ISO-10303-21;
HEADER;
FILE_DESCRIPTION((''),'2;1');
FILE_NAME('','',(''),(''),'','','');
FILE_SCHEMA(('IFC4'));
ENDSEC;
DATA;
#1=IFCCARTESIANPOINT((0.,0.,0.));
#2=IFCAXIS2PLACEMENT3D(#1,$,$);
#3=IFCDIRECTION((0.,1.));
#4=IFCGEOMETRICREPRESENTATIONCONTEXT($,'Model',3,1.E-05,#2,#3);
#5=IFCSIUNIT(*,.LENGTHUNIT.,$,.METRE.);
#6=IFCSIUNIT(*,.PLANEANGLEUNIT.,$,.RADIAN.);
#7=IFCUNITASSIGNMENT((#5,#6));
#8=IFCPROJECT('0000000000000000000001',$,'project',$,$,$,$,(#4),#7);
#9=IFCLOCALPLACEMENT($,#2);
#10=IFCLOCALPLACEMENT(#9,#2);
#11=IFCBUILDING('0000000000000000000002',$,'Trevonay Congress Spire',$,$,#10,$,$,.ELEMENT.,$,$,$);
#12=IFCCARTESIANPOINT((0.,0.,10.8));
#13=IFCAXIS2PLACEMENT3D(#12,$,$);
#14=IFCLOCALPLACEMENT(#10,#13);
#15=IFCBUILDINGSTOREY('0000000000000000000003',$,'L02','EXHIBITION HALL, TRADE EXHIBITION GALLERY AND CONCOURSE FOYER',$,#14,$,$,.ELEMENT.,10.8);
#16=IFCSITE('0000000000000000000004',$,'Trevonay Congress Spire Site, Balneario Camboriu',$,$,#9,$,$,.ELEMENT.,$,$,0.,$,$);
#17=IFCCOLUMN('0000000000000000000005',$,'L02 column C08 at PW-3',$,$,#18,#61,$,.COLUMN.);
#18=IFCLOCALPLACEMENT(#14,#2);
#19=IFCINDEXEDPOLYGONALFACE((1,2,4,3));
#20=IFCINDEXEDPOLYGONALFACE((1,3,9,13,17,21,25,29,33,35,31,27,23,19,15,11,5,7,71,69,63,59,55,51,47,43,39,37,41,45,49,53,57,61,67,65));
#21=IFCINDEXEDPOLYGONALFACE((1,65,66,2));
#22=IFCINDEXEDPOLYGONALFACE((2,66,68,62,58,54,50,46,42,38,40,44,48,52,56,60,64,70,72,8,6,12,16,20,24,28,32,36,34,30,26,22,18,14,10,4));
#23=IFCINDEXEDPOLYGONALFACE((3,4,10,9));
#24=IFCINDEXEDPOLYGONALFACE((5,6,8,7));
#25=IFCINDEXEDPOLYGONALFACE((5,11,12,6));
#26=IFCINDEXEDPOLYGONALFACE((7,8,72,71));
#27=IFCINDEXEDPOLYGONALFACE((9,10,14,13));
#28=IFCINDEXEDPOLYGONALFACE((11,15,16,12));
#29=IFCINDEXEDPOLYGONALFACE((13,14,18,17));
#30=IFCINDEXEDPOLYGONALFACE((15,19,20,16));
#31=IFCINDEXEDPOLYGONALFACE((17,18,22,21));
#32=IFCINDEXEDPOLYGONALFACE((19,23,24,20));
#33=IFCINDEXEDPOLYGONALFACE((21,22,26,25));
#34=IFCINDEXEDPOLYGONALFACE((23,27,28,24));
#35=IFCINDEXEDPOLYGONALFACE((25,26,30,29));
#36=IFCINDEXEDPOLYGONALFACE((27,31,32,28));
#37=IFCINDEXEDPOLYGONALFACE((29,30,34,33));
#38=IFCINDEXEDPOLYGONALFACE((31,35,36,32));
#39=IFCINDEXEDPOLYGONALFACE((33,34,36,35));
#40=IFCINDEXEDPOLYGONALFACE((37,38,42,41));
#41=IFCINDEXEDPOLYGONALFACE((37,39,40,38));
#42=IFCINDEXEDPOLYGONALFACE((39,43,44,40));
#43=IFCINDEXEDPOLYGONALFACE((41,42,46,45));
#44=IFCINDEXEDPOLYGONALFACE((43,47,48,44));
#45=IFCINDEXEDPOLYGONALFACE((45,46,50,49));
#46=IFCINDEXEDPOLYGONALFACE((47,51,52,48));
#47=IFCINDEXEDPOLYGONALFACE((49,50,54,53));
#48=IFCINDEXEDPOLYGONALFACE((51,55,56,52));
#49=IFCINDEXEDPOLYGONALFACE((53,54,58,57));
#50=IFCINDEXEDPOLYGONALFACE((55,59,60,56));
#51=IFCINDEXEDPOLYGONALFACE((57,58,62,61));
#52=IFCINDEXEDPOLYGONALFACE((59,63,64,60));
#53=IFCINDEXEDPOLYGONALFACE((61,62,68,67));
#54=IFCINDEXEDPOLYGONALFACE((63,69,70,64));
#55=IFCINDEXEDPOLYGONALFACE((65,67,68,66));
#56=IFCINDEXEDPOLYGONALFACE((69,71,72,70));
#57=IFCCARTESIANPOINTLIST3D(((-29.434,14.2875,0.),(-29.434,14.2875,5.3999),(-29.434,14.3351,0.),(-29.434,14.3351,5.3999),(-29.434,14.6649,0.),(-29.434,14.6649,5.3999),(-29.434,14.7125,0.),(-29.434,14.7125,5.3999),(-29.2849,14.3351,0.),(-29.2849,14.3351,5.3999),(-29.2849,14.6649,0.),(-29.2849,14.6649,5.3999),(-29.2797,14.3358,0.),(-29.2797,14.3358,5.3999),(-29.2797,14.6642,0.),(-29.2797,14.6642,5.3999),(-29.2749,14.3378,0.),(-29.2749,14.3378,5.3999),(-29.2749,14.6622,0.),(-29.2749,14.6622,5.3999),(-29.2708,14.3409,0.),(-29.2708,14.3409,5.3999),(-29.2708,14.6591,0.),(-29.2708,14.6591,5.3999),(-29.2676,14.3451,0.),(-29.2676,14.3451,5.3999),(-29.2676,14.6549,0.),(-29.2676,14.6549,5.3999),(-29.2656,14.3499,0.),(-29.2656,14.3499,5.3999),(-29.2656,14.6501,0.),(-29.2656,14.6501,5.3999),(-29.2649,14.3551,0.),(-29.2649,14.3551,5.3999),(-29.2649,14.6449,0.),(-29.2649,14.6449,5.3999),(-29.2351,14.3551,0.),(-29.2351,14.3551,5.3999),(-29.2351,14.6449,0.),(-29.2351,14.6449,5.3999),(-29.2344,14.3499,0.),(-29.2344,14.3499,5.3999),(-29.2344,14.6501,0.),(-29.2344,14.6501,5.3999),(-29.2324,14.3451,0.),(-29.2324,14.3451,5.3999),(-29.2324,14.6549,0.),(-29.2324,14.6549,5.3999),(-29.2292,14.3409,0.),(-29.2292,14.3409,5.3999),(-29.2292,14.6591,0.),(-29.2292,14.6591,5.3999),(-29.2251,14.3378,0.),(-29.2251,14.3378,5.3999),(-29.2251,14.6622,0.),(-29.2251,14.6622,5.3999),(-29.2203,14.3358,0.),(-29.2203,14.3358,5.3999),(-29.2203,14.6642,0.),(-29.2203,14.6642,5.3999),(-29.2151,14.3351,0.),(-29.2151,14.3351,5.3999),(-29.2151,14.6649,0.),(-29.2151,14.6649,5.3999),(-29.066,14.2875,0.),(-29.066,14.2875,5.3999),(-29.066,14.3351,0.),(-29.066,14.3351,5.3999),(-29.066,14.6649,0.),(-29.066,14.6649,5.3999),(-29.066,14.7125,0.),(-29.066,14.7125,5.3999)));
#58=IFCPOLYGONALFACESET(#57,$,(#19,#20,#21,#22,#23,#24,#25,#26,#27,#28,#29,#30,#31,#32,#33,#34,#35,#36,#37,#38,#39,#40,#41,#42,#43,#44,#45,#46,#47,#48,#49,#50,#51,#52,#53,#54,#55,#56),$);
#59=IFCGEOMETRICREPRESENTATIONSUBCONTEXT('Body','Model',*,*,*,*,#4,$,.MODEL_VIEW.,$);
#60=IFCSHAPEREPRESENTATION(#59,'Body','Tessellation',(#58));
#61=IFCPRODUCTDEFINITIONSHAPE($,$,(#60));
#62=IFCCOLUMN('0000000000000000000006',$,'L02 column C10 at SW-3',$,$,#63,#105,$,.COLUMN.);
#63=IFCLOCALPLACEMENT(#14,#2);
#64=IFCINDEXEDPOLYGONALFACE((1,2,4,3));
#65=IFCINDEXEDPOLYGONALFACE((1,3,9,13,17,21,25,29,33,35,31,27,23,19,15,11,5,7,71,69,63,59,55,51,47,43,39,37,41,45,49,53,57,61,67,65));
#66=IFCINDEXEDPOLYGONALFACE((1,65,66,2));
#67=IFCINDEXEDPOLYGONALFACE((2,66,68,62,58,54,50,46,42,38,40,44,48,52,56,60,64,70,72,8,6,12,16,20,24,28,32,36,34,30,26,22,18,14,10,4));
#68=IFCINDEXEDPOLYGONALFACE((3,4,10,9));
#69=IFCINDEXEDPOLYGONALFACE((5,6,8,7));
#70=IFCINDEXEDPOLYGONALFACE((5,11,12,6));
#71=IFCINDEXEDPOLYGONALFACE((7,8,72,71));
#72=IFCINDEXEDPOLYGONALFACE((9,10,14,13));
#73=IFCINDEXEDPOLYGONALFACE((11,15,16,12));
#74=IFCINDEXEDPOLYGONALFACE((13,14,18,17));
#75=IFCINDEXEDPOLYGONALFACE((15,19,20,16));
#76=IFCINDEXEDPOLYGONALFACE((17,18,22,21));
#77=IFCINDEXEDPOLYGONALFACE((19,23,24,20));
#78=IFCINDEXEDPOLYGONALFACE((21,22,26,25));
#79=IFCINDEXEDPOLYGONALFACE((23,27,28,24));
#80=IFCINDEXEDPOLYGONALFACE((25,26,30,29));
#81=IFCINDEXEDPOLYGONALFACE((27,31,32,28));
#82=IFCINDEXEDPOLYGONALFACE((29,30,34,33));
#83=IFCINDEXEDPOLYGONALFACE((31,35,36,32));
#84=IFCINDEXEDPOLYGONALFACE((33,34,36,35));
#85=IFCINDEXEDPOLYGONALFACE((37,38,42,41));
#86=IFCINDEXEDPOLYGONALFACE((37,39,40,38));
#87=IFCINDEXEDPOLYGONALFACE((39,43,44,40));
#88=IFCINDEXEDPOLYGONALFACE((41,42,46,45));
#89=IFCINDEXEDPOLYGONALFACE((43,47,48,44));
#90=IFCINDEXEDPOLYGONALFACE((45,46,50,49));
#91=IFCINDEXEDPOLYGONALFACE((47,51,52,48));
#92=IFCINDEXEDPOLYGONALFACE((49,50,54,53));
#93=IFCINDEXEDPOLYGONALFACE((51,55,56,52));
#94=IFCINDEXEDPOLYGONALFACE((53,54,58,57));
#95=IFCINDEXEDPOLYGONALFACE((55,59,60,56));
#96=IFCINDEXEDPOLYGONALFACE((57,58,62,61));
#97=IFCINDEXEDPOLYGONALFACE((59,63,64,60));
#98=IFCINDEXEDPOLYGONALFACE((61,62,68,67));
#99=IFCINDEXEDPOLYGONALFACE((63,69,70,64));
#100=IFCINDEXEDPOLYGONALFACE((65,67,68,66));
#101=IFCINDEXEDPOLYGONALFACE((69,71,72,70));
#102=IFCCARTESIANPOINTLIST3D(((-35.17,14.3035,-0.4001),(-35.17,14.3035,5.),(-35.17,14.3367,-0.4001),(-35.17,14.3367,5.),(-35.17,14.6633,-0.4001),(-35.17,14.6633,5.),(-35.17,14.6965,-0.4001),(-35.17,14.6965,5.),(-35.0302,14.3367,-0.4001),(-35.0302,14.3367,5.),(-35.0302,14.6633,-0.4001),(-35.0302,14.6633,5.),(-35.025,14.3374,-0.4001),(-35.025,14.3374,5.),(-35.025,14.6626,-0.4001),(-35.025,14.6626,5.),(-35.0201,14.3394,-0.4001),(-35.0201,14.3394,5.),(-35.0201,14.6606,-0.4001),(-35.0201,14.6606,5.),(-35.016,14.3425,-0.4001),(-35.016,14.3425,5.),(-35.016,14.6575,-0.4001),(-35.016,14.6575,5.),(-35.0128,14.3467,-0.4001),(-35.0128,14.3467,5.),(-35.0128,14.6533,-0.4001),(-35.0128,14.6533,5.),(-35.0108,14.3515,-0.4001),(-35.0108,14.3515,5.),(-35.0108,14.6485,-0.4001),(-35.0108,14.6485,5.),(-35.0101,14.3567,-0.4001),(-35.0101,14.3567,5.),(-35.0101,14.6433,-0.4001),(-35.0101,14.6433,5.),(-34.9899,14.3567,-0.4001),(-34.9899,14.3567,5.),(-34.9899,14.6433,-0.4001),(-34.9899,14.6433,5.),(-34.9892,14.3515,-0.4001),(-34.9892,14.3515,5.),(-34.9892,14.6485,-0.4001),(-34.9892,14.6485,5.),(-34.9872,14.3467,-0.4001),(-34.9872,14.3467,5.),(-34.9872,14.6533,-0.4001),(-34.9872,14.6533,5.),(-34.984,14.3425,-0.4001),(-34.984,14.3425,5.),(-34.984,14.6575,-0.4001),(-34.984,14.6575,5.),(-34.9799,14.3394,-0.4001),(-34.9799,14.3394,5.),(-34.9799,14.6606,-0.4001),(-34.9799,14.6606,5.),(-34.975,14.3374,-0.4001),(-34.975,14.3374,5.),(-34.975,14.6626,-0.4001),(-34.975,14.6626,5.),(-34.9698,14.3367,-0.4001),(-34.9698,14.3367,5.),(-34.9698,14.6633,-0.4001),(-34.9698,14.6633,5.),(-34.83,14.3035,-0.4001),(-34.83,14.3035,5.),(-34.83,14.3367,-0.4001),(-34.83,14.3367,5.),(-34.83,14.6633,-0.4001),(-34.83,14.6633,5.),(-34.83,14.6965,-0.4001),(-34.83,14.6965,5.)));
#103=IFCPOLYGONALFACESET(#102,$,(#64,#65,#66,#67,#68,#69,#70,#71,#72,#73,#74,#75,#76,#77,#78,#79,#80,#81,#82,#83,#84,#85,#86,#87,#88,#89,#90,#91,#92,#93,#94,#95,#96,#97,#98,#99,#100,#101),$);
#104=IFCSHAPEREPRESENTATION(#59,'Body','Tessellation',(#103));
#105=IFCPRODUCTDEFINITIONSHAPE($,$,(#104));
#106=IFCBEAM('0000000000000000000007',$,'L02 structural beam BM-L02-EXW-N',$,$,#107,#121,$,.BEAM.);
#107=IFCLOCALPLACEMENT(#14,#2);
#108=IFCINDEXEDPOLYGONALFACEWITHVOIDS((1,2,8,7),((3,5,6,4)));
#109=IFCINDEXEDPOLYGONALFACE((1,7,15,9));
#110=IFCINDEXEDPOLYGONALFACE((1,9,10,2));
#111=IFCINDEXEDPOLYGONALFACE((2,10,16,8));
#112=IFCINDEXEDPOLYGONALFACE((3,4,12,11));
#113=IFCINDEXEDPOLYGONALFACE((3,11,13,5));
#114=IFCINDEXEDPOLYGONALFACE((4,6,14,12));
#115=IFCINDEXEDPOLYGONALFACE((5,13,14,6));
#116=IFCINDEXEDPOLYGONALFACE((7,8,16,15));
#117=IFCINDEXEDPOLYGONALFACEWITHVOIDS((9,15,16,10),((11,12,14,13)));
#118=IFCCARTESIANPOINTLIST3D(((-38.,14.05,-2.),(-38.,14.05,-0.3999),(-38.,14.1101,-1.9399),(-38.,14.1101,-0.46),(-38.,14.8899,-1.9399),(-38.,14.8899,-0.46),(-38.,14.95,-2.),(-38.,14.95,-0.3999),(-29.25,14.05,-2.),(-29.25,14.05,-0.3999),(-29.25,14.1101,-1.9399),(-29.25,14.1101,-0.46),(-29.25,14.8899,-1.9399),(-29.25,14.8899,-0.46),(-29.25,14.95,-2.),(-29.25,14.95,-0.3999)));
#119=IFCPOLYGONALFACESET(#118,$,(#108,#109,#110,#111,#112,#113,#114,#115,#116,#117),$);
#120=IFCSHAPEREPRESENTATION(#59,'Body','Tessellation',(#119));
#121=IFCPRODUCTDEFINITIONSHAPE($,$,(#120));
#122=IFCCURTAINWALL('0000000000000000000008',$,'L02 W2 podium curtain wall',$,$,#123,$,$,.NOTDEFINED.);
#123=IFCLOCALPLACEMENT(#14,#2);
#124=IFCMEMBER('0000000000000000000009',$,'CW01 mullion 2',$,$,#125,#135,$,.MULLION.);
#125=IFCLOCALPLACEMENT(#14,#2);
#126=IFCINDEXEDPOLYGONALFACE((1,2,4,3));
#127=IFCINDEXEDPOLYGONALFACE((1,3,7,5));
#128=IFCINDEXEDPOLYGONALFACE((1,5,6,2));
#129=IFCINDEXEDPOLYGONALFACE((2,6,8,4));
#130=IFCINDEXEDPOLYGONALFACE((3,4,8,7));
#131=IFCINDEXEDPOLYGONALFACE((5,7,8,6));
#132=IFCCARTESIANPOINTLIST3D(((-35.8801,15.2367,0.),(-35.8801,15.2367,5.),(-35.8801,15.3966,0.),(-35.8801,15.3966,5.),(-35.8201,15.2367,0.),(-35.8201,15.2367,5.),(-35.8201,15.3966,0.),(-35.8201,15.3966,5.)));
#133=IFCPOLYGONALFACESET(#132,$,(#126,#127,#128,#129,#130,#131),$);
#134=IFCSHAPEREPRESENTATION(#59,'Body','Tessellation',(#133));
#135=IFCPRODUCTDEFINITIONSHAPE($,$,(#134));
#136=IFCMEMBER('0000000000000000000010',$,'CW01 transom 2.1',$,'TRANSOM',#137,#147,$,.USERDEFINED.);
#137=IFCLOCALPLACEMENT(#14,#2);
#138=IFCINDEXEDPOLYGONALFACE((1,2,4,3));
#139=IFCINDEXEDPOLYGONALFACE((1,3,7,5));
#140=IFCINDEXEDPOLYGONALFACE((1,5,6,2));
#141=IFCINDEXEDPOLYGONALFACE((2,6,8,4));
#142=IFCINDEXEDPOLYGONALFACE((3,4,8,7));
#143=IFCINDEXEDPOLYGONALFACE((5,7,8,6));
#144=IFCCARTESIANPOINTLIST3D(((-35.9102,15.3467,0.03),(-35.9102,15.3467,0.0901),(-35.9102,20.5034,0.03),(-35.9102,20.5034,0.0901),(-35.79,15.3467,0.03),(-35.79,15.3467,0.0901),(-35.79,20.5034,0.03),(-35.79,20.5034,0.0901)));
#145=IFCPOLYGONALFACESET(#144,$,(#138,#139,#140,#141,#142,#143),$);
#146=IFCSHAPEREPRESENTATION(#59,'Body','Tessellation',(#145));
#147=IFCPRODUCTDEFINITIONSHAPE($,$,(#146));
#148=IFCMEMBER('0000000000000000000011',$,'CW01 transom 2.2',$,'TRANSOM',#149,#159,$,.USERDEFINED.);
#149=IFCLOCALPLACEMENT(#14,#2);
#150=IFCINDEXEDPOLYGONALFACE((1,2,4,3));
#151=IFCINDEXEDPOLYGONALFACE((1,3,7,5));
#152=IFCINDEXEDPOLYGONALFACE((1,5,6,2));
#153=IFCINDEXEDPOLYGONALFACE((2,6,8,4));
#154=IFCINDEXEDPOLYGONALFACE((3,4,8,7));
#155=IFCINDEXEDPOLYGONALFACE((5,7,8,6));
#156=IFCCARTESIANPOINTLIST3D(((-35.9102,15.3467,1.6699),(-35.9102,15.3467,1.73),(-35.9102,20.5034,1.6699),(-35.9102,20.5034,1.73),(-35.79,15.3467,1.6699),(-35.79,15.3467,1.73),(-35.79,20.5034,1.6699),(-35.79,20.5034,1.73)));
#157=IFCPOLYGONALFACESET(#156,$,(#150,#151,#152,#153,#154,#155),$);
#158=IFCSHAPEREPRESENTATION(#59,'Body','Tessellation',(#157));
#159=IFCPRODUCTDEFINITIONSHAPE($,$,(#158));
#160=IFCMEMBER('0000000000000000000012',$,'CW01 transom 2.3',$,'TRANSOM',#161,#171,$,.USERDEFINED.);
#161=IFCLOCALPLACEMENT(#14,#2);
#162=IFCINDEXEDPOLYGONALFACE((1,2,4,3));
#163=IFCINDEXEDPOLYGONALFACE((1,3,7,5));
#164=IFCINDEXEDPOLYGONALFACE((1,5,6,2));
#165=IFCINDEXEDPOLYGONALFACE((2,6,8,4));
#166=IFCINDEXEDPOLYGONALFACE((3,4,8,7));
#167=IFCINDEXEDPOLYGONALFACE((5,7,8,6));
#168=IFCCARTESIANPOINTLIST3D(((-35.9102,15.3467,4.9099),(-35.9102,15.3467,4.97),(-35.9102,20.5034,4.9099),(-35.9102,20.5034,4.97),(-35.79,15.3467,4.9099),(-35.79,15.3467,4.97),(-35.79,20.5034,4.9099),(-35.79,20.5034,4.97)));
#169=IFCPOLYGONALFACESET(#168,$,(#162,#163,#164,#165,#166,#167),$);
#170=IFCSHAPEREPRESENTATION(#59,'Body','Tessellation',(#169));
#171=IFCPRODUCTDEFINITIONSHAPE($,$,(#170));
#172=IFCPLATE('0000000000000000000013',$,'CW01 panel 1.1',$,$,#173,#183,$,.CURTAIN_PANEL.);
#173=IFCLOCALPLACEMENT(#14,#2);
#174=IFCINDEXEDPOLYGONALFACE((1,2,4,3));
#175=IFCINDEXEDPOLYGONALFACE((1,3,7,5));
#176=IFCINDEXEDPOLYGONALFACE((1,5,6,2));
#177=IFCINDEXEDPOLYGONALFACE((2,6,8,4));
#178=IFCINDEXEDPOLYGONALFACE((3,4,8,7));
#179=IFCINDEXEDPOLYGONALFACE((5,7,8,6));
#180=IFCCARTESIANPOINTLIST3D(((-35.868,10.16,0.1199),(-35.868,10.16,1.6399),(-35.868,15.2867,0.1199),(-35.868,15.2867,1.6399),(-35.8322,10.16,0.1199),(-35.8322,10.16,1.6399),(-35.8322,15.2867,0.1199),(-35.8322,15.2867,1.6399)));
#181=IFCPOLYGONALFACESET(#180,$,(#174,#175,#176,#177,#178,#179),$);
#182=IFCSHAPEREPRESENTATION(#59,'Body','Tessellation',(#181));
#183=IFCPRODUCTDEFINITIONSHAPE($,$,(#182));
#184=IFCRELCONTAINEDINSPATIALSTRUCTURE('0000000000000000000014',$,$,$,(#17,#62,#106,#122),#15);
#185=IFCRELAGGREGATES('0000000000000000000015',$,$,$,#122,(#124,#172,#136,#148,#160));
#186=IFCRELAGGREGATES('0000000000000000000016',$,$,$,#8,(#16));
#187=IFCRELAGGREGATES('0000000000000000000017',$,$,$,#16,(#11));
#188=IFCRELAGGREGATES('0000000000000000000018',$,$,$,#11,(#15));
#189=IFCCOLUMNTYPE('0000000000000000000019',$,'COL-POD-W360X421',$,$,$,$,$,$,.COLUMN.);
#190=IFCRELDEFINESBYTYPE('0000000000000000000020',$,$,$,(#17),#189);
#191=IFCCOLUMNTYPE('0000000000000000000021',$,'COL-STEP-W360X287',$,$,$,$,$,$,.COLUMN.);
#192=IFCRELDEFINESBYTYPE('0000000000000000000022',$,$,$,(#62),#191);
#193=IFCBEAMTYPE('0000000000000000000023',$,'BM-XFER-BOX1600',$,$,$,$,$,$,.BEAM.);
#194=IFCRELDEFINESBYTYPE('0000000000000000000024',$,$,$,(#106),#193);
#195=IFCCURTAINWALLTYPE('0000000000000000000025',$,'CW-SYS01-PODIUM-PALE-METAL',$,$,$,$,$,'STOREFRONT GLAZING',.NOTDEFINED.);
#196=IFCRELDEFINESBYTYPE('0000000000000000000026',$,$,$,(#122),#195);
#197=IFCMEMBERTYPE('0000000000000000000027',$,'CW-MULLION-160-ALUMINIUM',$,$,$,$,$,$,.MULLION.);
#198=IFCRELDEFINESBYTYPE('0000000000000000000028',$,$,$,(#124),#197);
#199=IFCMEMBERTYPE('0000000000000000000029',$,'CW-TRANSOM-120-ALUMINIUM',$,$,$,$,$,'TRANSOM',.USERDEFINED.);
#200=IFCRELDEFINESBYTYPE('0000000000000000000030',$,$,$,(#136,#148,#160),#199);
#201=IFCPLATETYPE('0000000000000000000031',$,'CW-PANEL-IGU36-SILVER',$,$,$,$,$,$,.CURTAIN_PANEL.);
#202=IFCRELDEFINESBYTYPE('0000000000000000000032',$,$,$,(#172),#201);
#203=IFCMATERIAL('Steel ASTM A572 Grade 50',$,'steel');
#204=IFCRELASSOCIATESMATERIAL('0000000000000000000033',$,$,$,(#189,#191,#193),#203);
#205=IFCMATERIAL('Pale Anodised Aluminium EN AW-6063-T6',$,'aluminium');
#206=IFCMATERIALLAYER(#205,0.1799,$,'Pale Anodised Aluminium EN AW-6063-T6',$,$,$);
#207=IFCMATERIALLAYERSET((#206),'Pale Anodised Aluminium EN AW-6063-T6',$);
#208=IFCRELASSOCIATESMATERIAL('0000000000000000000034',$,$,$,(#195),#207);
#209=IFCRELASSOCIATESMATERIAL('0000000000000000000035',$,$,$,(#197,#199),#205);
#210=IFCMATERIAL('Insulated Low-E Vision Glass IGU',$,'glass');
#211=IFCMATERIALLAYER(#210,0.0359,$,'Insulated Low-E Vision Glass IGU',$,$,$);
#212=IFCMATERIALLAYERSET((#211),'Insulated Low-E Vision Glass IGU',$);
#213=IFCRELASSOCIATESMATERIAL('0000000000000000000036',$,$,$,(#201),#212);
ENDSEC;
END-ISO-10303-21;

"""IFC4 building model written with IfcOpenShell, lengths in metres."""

from ifc_helpers import new_model, si_unit, direction, frame, origin, origin_2d, place, context, subcontext, project, spatial, rectangle, hollow_rectangle, i_section, extrude, material, layer, layer_set, material_profile, profile_set, type_object, element, aggregate, save


model = new_model("IFC4")

# Units and contexts
model_context = context("Model", 3, precision=1e-05, world=origin(), true_north=direction((0.0, 1.0)))
body_context = subcontext(model_context, "Body", "Model", "MODEL_VIEW")
ifc_project = project(units=[si_unit("LENGTHUNIT", "METRE"), si_unit("PLANEANGLEUNIT", "RADIAN")], contexts=[model_context])

# Site, building, storey
site_placement = place(None, origin())
site = spatial("IfcSite", under=ifc_project, at=site_placement, Name="Trevonay Congress Spire Site, Balneario Camboriu", CompositionType="ELEMENT", RefElevation=0.0)
building_placement = place(site_placement, origin())
building = spatial("IfcBuilding", under=site, at=building_placement, Name="Trevonay Congress Spire", CompositionType="ELEMENT")
storey_placement = place(building_placement, frame((0.0, 0.0, 10.8)))
storey = spatial("IfcBuildingStorey", under=building, at=storey_placement, Name="L02", Description="EXHIBITION HALL, TRADE EXHIBITION GALLERY AND CONCOURSE FOYER", CompositionType="ELEMENT", Elevation=10.8)

# Columns
ifc_material_1 = material(Name="Steel ASTM A572 Grade 50", Category="steel")
ifc_material_profile_1 = material_profile(ifc_material_1, i_section(OverallWidth=0.3679, OverallDepth=0.425, WebThickness=0.0298, FlangeThickness=0.0476, FilletRadius=0.02, at=origin_2d()), Name="W360x421")
ifc_profile_set_1 = profile_set([ifc_material_profile_1], Name="Steel ASTM A572 Grade 50")
column_type_1 = type_object("IfcColumnType", Name="COL-POD-W360X421", PredefinedType="COLUMN", material=ifc_profile_set_1)
column_1_placement = place(storey_placement, frame((-29.25, 14.5, 0.0), z_axis=(0.0, 0.0, 1.0), x_axis=(1.0, 0.0, 0.0)))
element("IfcColumn", 1, at=column_1_placement, inside=storey, type_object=column_type_1, Name="L02 column C08 at PW-3", PredefinedType="COLUMN", context=body_context, shape_type="SweptSolid", body=[
    extrude(i_section(OverallWidth=0.3679, OverallDepth=0.425, WebThickness=0.0298, FlangeThickness=0.0476, FilletRadius=0.02, at=origin_2d()), origin(), (0.0, 0.0, 1.0), 5.3999),
])
ifc_material_profile_2 = material_profile(ifc_material_1, i_section(OverallWidth=0.3401, OverallDepth=0.3931, WebThickness=0.0203, FlangeThickness=0.0332, FilletRadius=0.02, at=origin_2d()), Name="W360x287")
ifc_profile_set_2 = profile_set([ifc_material_profile_2], Name="Steel ASTM A572 Grade 50")
column_type_2 = type_object("IfcColumnType", Name="COL-STEP-W360X287", PredefinedType="COLUMN", material=ifc_profile_set_2)
column_2_placement = place(storey_placement, frame((-35.0, 14.5, -0.4001), z_axis=(0.0, 0.0, 1.0), x_axis=(1.0, 0.0, 0.0)))
element("IfcColumn", 2, at=column_2_placement, inside=storey, type_object=column_type_2, Name="L02 column C10 at SW-3", PredefinedType="COLUMN", context=body_context, shape_type="SweptSolid", body=[
    extrude(i_section(OverallWidth=0.3401, OverallDepth=0.3931, WebThickness=0.0203, FlangeThickness=0.0332, FilletRadius=0.02, at=origin_2d()), origin(), (0.0, 0.0, 1.0), 5.4001),
])

# Beam
ifc_material_profile_3 = material_profile(ifc_material_1, hollow_rectangle(XDim=0.8999, YDim=1.6001, WallThickness=0.0601, at=origin_2d()), Name="BOX 1600x900x60")
ifc_profile_set_3 = profile_set([ifc_material_profile_3], Name="Steel ASTM A572 Grade 50")
beam_type = type_object("IfcBeamType", Name="BM-XFER-BOX1600", PredefinedType="BEAM", material=ifc_profile_set_3)
beam_placement = place(storey_placement, frame((-29.25, 14.5, -1.2), z_axis=(-1.0, 0.0, 0.0), x_axis=(0.0, -1.0, 0.0)))
element("IfcBeam", 3, at=beam_placement, inside=storey, type_object=beam_type, Name="L02 structural beam BM-L02-EXW-N", PredefinedType="BEAM", context=body_context, shape_type="SweptSolid", body=[
    extrude(hollow_rectangle(XDim=0.8999, YDim=1.6001, WallThickness=0.0601, at=origin_2d()), origin(), (0.0, 0.0, 1.0), 8.75),
])

# Curtain wall, members, plate
ifc_material_2 = material(Name="Pale Anodised Aluminium EN AW-6063-T6", Category="aluminium")
ifc_layer_1 = layer(ifc_material_2, 0.1799, Name="Pale Anodised Aluminium EN AW-6063-T6")
ifc_layer_set_1 = layer_set([ifc_layer_1], Name="Pale Anodised Aluminium EN AW-6063-T6")
curtain_wall_type = type_object("IfcCurtainWallType", Name="CW-SYS01-PODIUM-PALE-METAL", ElementType="STOREFRONT GLAZING", PredefinedType="NOTDEFINED", material=ifc_layer_set_1)
curtain_wall_placement = place(storey_placement, origin())
curtain_wall = element("IfcCurtainWall", 4, at=curtain_wall_placement, inside=storey, type_object=curtain_wall_type, Name="L02 W2 podium curtain wall", PredefinedType="NOTDEFINED")
ifc_material_profile_4 = material_profile(ifc_material_2, rectangle(XDim=0.0601, YDim=0.1599, at=origin_2d()), Name="CW-MULLION-160-ALUMINIUM")
ifc_profile_set_4 = profile_set([ifc_material_profile_4], Name="Pale Anodised Aluminium EN AW-6063-T6")
member_type_1 = type_object("IfcMemberType", Name="CW-MULLION-160-ALUMINIUM", PredefinedType="MULLION", material=ifc_profile_set_4)
member_1_placement = place(storey_placement, frame((-35.8501, 15.3167, 0.0), z_axis=(0.0, 0.0, 1.0), x_axis=(-1.0, 0.0, 0.0)))
member_1 = element("IfcMember", 5, at=member_1_placement, type_object=member_type_1, Name="CW01 mullion 2", PredefinedType="MULLION", context=body_context, shape_type="SweptSolid", body=[
    extrude(rectangle(XDim=0.0601, YDim=0.1599, at=origin_2d()), origin(), (0.0, 0.0, 1.0), 5.0),
])
ifc_material_profile_5 = material_profile(ifc_material_2, rectangle(XDim=0.1201, YDim=0.0601, at=origin_2d()), Name="CW-TRANSOM-120-ALUMINIUM")
ifc_profile_set_5 = profile_set([ifc_material_profile_5], Name="Pale Anodised Aluminium EN AW-6063-T6")
member_type_2 = type_object("IfcMemberType", Name="CW-TRANSOM-120-ALUMINIUM", ElementType="TRANSOM", PredefinedType="USERDEFINED", material=ifc_profile_set_5)
member_2_placement = place(storey_placement, frame((-35.8501, 15.3467, 0.0601), z_axis=(0.0, 1.0, 0.0), x_axis=(-1.0, 0.0, 0.0)))
member_2 = element("IfcMember", 6, at=member_2_placement, type_object=member_type_2, Name="CW01 transom 2.1", ObjectType="TRANSOM", PredefinedType="USERDEFINED", context=body_context, shape_type="SweptSolid", body=[
    extrude(rectangle(XDim=0.1201, YDim=0.0601, at=origin_2d()), origin(), (0.0, 0.0, 1.0), 5.1567),
])
member_3_placement = place(storey_placement, frame((-35.8501, 15.3467, 1.7), z_axis=(0.0, 1.0, 0.0), x_axis=(-1.0, 0.0, 0.0)))
member_3 = element("IfcMember", 7, at=member_3_placement, type_object=member_type_2, Name="CW01 transom 2.2", ObjectType="TRANSOM", PredefinedType="USERDEFINED", context=body_context, shape_type="SweptSolid", body=[
    extrude(rectangle(XDim=0.1201, YDim=0.0601, at=origin_2d()), origin(), (0.0, 0.0, 1.0), 5.1567),
])
member_4_placement = place(storey_placement, frame((-35.8501, 15.3467, 4.9399), z_axis=(0.0, 1.0, 0.0), x_axis=(-1.0, 0.0, 0.0)))
member_4 = element("IfcMember", 8, at=member_4_placement, type_object=member_type_2, Name="CW01 transom 2.3", ObjectType="TRANSOM", PredefinedType="USERDEFINED", context=body_context, shape_type="SweptSolid", body=[
    extrude(rectangle(XDim=0.1201, YDim=0.0601, at=origin_2d()), origin(), (0.0, 0.0, 1.0), 5.1567),
])
ifc_material_3 = material(Name="Insulated Low-E Vision Glass IGU", Category="glass")
ifc_layer_2 = layer(ifc_material_3, 0.0359, Name="Insulated Low-E Vision Glass IGU")
ifc_layer_set_2 = layer_set([ifc_layer_2], Name="Insulated Low-E Vision Glass IGU")
plate_type = type_object("IfcPlateType", Name="CW-PANEL-IGU36-SILVER", PredefinedType="CURTAIN_PANEL", material=ifc_layer_set_2)
plate_1_placement = place(storey_placement, frame((-35.8501, 12.7234, 0.1199), z_axis=(0.0, 0.0, 1.0), x_axis=(0.0, 1.0, 0.0)))
plate_1 = element("IfcPlate", 9, at=plate_1_placement, type_object=plate_type, Name="CW01 panel 1.1", PredefinedType="CURTAIN_PANEL", context=body_context, shape_type="SweptSolid", body=[
    extrude(rectangle(XDim=5.1267, YDim=0.0359, at=origin_2d()), origin(), (0.0, 0.0, 1.0), 1.52),
])
aggregate(curtain_wall, [member_1, plate_1, member_2, member_3, member_4])

save(model, "model.ifc")
